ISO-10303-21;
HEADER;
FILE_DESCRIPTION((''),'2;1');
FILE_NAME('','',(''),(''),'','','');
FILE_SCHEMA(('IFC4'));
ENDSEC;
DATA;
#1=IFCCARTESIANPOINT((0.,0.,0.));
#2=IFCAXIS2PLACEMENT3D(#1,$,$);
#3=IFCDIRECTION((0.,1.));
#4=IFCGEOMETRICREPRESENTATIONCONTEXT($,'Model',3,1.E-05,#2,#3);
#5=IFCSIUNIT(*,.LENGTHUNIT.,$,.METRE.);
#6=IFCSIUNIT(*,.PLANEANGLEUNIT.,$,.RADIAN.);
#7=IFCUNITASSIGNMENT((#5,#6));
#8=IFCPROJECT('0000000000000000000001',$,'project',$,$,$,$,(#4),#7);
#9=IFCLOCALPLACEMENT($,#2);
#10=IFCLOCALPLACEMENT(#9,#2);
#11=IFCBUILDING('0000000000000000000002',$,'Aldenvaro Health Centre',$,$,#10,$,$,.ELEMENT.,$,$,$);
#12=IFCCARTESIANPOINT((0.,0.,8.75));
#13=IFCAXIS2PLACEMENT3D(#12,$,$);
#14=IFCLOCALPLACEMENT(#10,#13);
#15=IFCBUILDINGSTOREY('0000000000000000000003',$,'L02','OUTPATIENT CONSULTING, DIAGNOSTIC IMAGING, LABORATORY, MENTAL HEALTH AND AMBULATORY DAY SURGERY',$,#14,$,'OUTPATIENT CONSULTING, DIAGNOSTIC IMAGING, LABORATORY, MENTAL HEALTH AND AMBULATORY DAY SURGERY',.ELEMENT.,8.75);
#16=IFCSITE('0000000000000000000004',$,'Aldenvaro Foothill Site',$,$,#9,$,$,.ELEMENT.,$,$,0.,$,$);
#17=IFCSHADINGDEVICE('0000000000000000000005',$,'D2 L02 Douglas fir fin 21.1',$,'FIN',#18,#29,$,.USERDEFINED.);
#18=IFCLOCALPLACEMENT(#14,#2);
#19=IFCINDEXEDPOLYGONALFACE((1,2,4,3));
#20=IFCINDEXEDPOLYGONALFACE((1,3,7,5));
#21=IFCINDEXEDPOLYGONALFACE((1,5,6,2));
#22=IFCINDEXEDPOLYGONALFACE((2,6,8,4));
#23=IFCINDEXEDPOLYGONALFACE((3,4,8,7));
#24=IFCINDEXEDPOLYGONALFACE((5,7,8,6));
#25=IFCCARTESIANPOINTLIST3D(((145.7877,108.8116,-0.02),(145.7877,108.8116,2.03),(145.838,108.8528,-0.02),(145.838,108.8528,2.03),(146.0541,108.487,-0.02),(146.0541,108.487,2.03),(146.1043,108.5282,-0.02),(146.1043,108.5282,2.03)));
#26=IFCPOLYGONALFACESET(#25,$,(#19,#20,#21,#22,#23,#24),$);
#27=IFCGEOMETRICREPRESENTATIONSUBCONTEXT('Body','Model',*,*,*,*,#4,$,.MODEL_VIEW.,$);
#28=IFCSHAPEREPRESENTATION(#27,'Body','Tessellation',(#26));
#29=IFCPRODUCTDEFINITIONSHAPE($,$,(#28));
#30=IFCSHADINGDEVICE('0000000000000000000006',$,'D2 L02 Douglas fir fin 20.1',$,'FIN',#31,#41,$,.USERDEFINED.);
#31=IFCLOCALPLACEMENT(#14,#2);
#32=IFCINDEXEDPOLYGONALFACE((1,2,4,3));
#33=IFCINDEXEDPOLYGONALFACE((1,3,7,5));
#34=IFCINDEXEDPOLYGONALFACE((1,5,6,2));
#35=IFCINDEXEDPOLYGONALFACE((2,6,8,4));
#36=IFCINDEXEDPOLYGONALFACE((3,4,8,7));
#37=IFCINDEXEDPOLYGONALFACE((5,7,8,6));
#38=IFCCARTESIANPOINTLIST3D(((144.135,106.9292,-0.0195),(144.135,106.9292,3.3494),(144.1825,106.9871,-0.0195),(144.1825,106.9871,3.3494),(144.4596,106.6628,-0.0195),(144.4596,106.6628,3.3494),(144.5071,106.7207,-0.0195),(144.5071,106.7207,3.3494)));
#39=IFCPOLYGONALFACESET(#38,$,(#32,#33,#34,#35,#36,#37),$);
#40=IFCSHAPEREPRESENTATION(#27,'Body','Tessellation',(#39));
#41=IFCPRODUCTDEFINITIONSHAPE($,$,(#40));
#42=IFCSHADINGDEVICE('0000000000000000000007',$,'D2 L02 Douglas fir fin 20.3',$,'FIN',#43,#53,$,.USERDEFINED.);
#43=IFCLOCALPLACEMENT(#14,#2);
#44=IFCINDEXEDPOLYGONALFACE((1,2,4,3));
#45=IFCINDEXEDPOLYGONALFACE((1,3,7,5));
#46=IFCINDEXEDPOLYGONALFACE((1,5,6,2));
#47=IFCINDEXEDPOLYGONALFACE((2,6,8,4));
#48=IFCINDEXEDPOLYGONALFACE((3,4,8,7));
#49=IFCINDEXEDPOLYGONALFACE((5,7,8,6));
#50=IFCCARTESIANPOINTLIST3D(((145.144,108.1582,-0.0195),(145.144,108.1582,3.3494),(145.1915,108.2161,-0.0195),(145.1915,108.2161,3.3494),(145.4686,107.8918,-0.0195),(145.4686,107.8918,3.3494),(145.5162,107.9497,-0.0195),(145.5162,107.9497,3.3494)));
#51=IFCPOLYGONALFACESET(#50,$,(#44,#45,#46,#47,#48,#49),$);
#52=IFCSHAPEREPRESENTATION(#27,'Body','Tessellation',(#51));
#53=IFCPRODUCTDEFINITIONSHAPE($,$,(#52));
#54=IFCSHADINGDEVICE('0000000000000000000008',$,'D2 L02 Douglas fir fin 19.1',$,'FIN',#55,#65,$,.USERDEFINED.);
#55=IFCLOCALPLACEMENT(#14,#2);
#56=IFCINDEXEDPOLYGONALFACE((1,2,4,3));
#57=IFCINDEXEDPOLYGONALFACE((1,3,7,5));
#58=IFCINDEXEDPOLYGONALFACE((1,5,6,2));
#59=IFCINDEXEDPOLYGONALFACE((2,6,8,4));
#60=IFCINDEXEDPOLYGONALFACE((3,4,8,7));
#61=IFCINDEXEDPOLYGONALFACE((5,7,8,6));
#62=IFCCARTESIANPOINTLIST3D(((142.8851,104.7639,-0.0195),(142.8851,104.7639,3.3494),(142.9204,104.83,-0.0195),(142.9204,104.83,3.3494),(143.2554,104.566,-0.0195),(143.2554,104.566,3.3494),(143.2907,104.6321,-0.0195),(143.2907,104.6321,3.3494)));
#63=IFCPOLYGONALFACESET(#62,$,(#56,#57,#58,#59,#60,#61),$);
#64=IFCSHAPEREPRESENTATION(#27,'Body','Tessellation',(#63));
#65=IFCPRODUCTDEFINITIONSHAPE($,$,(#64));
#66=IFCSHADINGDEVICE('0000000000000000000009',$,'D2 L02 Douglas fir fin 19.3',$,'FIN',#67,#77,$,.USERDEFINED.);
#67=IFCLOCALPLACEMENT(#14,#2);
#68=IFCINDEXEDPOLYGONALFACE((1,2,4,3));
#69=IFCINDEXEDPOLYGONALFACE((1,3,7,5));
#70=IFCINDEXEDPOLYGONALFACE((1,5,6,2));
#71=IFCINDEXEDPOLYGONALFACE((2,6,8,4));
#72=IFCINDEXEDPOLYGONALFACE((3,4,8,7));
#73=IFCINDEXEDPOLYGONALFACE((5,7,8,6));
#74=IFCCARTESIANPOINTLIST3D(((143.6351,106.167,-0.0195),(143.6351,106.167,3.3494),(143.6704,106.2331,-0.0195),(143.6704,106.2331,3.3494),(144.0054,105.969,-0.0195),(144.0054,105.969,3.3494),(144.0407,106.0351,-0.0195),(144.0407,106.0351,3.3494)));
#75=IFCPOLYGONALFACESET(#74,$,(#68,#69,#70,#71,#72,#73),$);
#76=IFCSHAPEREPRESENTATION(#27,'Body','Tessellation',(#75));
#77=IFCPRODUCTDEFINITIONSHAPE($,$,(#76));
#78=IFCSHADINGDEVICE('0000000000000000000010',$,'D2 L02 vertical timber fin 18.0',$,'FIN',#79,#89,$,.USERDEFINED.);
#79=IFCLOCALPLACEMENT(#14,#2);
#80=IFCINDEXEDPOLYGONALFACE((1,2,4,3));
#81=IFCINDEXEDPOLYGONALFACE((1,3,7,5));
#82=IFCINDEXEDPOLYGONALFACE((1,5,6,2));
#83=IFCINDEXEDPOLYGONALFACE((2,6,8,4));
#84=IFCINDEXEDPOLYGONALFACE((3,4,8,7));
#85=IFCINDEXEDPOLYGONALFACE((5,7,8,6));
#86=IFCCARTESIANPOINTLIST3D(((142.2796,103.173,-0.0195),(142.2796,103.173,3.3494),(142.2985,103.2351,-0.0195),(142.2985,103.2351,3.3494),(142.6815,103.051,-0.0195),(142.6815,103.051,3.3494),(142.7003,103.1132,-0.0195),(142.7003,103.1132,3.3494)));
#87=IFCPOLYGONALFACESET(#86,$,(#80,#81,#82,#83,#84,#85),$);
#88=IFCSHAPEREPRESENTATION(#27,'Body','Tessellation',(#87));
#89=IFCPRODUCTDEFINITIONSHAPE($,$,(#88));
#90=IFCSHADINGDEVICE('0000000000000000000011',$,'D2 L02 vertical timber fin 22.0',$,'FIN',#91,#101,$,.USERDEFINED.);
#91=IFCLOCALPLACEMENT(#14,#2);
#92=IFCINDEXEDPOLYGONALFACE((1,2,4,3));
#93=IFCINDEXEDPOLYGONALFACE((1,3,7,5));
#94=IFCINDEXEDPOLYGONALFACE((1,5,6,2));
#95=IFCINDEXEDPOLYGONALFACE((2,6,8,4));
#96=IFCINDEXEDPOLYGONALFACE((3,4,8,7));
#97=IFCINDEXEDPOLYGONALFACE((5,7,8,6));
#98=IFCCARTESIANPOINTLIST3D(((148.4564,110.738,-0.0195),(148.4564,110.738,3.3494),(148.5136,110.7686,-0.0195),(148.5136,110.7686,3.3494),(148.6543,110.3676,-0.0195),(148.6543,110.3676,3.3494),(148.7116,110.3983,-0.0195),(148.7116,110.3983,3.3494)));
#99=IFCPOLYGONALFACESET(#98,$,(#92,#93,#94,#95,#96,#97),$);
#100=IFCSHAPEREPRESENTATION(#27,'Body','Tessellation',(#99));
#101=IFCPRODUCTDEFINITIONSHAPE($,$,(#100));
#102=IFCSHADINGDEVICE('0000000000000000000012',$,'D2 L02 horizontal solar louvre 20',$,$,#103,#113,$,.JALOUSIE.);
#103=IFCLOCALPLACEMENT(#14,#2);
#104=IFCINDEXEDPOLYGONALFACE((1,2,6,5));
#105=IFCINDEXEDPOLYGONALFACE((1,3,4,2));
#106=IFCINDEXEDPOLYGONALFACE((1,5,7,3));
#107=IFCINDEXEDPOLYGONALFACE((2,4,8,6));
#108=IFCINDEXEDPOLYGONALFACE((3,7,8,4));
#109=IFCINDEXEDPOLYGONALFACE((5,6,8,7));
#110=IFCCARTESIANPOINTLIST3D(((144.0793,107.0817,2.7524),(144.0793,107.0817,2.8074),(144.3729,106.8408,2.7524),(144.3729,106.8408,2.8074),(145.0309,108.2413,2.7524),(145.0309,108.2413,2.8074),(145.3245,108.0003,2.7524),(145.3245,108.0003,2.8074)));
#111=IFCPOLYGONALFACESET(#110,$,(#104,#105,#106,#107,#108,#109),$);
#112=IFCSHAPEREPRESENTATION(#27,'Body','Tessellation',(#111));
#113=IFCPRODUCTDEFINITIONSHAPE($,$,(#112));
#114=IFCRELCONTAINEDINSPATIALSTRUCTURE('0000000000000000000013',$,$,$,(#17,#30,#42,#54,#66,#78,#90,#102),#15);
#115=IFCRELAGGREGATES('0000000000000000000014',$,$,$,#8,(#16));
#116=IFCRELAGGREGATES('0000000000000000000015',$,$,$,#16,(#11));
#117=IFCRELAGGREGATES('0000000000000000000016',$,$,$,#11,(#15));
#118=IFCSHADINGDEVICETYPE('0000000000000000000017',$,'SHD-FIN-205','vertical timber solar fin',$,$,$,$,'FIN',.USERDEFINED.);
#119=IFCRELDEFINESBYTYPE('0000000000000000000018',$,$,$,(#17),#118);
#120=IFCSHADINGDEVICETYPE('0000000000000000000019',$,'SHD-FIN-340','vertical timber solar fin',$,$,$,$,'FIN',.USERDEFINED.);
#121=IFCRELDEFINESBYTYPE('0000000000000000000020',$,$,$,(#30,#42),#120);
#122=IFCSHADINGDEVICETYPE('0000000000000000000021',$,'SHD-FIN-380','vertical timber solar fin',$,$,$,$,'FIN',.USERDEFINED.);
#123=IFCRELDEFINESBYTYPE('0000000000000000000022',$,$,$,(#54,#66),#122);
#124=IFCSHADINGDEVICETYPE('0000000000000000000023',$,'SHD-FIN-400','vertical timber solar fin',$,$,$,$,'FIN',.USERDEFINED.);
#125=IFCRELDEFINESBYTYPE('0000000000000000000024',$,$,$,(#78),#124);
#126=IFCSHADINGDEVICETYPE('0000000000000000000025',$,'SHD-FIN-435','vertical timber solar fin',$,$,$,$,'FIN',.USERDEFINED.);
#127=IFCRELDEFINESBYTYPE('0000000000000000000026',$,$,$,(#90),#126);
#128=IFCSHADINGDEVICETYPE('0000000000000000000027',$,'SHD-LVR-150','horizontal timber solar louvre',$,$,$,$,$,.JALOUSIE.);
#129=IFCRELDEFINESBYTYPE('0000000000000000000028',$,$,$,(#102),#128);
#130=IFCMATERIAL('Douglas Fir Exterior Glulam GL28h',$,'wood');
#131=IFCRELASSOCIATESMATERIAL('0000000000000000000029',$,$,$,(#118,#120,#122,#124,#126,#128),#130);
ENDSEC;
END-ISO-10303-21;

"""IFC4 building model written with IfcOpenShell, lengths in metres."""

from ifc_helpers import new_model, si_unit, direction, frame, origin, origin_2d, place, context, subcontext, project, spatial, rectangle, extrude, material, type_object, element, save


model = new_model("IFC4")

# Units and contexts
model_context = context("Model", 3, precision=1e-05, world=origin(), true_north=direction((0.0, 1.0)))
body_context = subcontext(model_context, "Body", "Model", "MODEL_VIEW")
ifc_project = project(units=[si_unit("LENGTHUNIT", "METRE"), si_unit("PLANEANGLEUNIT", "RADIAN")], contexts=[model_context])

# Site, building, storey
site_placement = place(None, origin())
site = spatial("IfcSite", under=ifc_project, at=site_placement, Name="Aldenvaro Foothill Site", CompositionType="ELEMENT", RefElevation=0.0)
building_placement = place(site_placement, origin())
building = spatial("IfcBuilding", under=site, at=building_placement, Name="Aldenvaro Health Centre", CompositionType="ELEMENT")
storey_placement = place(building_placement, frame((0.0, 0.0, 8.75)))
storey = spatial("IfcBuildingStorey", under=building, at=storey_placement, Name="L02", Description="OUTPATIENT CONSULTING, DIAGNOSTIC IMAGING, LABORATORY, MENTAL HEALTH AND AMBULATORY DAY SURGERY", LongName="OUTPATIENT CONSULTING, DIAGNOSTIC IMAGING, LABORATORY, MENTAL HEALTH AND AMBULATORY DAY SURGERY", CompositionType="ELEMENT", Elevation=8.75)

# Shading devices
ifc_material_1 = material(Name="Douglas Fir Exterior Glulam GL28h", Category="wood")
shading_device_type_1 = type_object("IfcShadingDeviceType", Name="SHD-FIN-205", Description="vertical timber solar fin", ElementType="FIN", PredefinedType="USERDEFINED", material=ifc_material_1)
shading_device_1_placement = place(storey_placement, frame((145.946, 108.6699, -0.02), z_axis=(0.0, 0.0, 1.0), x_axis=(0.773022, 0.63438, 0.0)))
element("IfcShadingDevice", 1, at=shading_device_1_placement, inside=storey, type_object=shading_device_type_1, Name="D2 L02 Douglas fir fin 21.1", ObjectType="FIN", PredefinedType="USERDEFINED", context=body_context, shape_type="SweptSolid", body=[
    extrude(rectangle(XDim=0.0649, YDim=0.4199, at=origin_2d()), origin(), (0.0, 0.0, 1.0), 2.05),
])
shading_device_type_2 = type_object("IfcShadingDeviceType", Name="SHD-FIN-340", Description="vertical timber solar fin", ElementType="FIN", PredefinedType="USERDEFINED", material=ifc_material_1)
for number, where, z_axis, x_axis, name in (
    (2, (144.321, 106.825, -0.0195), (0.0, 0.0, 1.0), (0.63438, 0.773022, 0.0), "D2 L02 Douglas fir fin 20.1"),
    (3, (145.3301, 108.054, -0.0195), (0.0, 0.0, 1.0), (0.63438, 0.773022, 0.0), "D2 L02 Douglas fir fin 20.3"),
):
    element("IfcShadingDevice", number, at=place(storey_placement, frame(where, z_axis=z_axis, x_axis=x_axis)), inside=storey, type_object=shading_device_type_2, Name=name, ObjectType="FIN", PredefinedType="USERDEFINED", context=body_context, shape_type="SweptSolid", body=[
        extrude(rectangle(XDim=0.075, YDim=0.4199, at=origin_2d()), origin(), (0.0, 0.0, 1.0), 3.3689),
    ])
shading_device_type_3 = type_object("IfcShadingDeviceType", Name="SHD-FIN-380", Description="vertical timber solar fin", ElementType="FIN", PredefinedType="USERDEFINED", material=ifc_material_1)
for number, where, z_axis, x_axis, name in (
    (4, (143.0879, 104.698, -0.0195), (0.0, 0.0, 1.0), (0.471399, 0.88192, 0.0), "D2 L02 Douglas fir fin 19.1"),
    (5, (143.8379, 106.1011, -0.0195), (0.0, 0.0, 1.0), (0.471399, 0.88192, 0.0), "D2 L02 Douglas fir fin 19.3"),
):
    element("IfcShadingDevice", number, at=place(storey_placement, frame(where, z_axis=z_axis, x_axis=x_axis)), inside=storey, type_object=shading_device_type_3, Name=name, ObjectType="FIN", PredefinedType="USERDEFINED", context=body_context, shape_type="SweptSolid", body=[
        extrude(rectangle(XDim=0.075, YDim=0.4199, at=origin_2d()), origin(), (0.0, 0.0, 1.0), 3.3689),
    ])
shading_device_type_4 = type_object("IfcShadingDeviceType", Name="SHD-FIN-400", Description="vertical timber solar fin", ElementType="FIN", PredefinedType="USERDEFINED", material=ifc_material_1)
shading_device_2_placement = place(storey_placement, frame((142.49, 103.1431, -0.0195), z_axis=(0.0, 0.0, 1.0), x_axis=(0.290441, 0.956893, 0.0)))
element("IfcShadingDevice", 6, at=shading_device_2_placement, inside=storey, type_object=shading_device_type_4, Name="D2 L02 vertical timber fin 18.0", ObjectType="FIN", PredefinedType="USERDEFINED", context=body_context, shape_type="SweptSolid", body=[
    extrude(rectangle(XDim=0.0649, YDim=0.4199, at=origin_2d()), origin(), (0.0, 0.0, 1.0), 3.3689),
])
shading_device_type_5 = type_object("IfcShadingDeviceType", Name="SHD-FIN-435", Description="vertical timber solar fin", ElementType="FIN", PredefinedType="USERDEFINED", material=ifc_material_1)
shading_device_3_placement = place(storey_placement, frame((148.584, 110.5681, -0.0195), z_axis=(0.0, 0.0, 1.0), x_axis=(0.88192, 0.471399, 0.0)))
element("IfcShadingDevice", 7, at=shading_device_3_placement, inside=storey, type_object=shading_device_type_5, Name="D2 L02 vertical timber fin 22.0", ObjectType="FIN", PredefinedType="USERDEFINED", context=body_context, shape_type="SweptSolid", body=[
    extrude(rectangle(XDim=0.0649, YDim=0.4199, at=origin_2d()), origin(), (0.0, 0.0, 1.0), 3.3689),
])
shading_device_type_6 = type_object("IfcShadingDeviceType", Name="SHD-LVR-150", Description="horizontal timber solar louvre", PredefinedType="JALOUSIE", material=ifc_material_1)
shading_device_4_placement = place(storey_placement, frame((144.7019, 107.541, 2.7524), z_axis=(0.0, 0.0, 1.0), x_axis=(0.63438, 0.773022, 0.0)))
element("IfcShadingDevice", 8, at=shading_device_4_placement, inside=storey, type_object=shading_device_type_6, Name="D2 L02 horizontal solar louvre 20", PredefinedType="JALOUSIE", context=body_context, shape_type="SweptSolid", body=[
    extrude(rectangle(XDim=1.5, YDim=0.3799, at=origin_2d()), origin(), (0.0, 0.0, 1.0), 0.0549),
])

save(model, "model.ifc")
